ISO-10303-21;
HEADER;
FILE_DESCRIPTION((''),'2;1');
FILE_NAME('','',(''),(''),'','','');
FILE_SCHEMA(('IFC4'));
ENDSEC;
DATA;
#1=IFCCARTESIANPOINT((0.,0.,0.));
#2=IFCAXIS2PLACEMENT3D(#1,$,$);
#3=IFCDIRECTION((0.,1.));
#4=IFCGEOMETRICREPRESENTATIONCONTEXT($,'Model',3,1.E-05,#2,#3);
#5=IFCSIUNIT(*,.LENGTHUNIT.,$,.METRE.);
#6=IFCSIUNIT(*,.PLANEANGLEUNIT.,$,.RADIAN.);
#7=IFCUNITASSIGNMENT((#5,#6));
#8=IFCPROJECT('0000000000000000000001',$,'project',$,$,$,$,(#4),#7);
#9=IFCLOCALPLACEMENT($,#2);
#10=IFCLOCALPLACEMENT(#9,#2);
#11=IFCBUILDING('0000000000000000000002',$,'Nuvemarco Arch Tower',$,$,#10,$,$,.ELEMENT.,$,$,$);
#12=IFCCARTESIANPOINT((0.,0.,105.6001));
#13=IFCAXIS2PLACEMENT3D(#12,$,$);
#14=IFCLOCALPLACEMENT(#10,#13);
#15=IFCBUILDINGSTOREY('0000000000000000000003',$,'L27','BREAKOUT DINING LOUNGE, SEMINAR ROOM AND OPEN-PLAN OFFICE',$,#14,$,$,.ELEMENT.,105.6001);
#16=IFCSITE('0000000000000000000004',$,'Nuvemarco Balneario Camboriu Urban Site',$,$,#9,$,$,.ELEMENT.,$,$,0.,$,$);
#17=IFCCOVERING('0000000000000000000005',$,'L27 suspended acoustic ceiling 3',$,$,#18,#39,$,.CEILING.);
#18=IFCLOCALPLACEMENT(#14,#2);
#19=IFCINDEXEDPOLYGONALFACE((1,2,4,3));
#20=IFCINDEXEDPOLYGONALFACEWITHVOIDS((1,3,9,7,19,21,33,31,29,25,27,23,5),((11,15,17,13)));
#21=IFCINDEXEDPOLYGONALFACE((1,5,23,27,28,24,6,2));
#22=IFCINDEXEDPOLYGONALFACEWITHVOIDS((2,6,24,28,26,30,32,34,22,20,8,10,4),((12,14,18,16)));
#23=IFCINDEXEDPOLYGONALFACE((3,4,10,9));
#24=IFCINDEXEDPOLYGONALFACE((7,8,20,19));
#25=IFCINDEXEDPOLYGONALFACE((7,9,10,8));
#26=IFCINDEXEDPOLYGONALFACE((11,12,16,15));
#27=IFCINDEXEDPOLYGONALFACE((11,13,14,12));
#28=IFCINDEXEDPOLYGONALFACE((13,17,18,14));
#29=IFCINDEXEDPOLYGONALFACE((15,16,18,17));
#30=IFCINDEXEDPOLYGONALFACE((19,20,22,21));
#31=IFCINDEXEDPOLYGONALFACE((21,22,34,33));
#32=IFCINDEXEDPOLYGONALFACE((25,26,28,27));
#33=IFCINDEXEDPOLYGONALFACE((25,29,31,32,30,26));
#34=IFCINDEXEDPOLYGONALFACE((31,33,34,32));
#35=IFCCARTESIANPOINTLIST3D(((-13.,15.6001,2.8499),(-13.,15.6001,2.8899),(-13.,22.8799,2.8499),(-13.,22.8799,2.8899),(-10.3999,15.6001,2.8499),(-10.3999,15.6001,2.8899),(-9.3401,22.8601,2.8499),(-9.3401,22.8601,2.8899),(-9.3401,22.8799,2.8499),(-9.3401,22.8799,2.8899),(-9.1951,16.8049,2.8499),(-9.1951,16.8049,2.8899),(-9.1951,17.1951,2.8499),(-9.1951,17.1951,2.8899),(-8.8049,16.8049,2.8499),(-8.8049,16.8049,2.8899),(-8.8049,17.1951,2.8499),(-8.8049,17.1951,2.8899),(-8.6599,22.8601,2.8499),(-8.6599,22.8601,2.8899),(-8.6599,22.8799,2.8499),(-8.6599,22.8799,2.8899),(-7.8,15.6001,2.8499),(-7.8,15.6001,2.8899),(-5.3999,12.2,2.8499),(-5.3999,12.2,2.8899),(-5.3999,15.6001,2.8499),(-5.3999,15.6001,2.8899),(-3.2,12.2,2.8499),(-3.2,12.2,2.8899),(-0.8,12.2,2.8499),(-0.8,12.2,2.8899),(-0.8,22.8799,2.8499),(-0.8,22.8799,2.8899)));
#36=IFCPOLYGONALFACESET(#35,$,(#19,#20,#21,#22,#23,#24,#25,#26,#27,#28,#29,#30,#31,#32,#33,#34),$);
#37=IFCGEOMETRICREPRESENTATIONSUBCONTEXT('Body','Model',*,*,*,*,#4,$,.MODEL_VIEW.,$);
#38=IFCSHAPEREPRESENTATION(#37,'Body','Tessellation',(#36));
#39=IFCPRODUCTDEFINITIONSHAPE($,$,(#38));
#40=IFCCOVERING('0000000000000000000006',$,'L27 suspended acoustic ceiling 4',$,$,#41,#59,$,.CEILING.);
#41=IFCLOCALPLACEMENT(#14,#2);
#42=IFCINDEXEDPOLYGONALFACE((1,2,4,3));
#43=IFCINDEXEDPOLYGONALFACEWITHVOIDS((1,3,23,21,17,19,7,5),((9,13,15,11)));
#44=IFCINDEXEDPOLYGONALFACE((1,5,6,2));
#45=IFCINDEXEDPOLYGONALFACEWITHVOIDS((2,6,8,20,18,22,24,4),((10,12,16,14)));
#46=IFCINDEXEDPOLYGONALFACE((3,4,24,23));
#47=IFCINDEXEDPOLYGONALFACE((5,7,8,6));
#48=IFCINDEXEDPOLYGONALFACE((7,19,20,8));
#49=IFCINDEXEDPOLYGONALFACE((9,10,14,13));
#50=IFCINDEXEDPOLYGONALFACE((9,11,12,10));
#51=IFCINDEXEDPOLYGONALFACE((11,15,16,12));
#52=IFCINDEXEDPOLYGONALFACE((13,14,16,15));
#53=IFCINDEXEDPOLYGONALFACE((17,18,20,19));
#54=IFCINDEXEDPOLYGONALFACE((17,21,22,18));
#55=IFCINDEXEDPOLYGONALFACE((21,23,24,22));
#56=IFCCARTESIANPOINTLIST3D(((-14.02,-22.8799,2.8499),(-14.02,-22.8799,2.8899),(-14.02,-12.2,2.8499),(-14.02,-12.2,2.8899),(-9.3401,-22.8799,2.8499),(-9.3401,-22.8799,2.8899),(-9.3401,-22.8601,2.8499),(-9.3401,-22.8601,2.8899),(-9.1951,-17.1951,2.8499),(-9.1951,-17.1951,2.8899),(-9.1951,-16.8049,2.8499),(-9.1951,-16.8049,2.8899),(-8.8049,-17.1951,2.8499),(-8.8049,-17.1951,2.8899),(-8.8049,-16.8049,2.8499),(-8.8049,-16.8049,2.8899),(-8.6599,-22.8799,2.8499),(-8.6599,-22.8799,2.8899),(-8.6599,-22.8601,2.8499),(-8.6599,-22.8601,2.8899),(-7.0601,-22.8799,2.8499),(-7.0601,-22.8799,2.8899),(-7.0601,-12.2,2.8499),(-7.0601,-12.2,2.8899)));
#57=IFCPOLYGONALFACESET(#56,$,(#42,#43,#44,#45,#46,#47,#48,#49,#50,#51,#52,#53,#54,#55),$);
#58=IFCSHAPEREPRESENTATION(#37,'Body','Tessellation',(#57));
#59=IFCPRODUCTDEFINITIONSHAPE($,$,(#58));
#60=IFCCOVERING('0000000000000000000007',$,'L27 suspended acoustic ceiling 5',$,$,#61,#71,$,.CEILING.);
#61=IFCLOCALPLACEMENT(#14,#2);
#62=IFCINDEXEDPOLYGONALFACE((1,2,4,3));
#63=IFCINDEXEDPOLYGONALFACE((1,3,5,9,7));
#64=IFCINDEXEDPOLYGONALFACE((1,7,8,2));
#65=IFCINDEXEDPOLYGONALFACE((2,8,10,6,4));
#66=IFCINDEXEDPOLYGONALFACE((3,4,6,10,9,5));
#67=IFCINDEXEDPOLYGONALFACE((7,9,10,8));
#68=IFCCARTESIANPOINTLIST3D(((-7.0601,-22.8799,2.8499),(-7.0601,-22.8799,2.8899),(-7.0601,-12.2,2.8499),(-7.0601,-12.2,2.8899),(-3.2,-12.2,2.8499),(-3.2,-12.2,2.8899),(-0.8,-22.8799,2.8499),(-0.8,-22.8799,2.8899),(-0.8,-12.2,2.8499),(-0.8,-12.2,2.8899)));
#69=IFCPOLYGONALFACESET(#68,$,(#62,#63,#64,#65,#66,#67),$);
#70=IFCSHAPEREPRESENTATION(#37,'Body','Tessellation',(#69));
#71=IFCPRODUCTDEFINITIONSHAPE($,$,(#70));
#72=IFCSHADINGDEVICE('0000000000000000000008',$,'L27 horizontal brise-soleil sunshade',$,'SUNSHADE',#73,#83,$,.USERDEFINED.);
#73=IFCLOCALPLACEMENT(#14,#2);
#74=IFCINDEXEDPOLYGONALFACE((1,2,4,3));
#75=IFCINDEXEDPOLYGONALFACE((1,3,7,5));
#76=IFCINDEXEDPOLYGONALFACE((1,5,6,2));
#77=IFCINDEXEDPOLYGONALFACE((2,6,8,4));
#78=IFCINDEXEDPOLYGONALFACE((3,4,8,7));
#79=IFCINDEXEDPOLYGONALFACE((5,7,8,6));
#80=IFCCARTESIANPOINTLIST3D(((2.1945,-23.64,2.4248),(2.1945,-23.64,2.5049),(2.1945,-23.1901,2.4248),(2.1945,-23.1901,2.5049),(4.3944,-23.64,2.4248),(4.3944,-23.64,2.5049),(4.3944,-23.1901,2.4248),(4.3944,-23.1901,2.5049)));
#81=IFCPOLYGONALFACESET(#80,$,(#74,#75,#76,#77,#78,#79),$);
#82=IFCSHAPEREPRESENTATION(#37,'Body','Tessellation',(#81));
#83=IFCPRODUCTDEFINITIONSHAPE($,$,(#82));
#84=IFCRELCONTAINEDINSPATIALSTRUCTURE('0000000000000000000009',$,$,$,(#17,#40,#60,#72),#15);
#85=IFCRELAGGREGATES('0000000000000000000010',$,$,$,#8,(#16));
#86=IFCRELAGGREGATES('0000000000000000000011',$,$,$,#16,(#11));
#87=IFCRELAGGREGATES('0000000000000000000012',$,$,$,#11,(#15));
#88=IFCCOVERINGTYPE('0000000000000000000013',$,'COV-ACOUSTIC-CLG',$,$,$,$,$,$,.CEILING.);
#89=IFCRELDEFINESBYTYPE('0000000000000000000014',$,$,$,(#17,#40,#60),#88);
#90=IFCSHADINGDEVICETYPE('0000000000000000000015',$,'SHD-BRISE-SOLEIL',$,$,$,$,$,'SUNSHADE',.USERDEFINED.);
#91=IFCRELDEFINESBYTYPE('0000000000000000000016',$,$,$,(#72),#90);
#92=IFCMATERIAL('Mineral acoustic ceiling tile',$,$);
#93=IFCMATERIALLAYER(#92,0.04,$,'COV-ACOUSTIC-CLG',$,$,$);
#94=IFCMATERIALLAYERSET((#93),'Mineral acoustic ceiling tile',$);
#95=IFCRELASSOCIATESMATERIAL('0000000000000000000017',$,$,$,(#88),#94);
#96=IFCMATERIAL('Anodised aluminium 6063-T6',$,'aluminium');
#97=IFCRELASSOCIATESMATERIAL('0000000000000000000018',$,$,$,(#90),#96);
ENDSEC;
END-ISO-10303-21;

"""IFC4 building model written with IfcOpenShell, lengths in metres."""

from ifc_helpers import new_model, si_unit, direction, frame, origin, origin_2d, place, context, subcontext, project, spatial, polyline, rectangle, outline, extrude, source, transform, mapped, material, layer, layer_set, type_object, type_shapes, element, save


model = new_model("IFC4")

# Units and contexts
model_context = context("Model", 3, precision=1e-05, world=origin(), true_north=direction((0.0, 1.0)))
body_context = subcontext(model_context, "Body", "Model", "MODEL_VIEW")
ifc_project = project(units=[si_unit("LENGTHUNIT", "METRE"), si_unit("PLANEANGLEUNIT", "RADIAN")], contexts=[model_context])

# Site, building, storey
site_placement = place(None, origin())
site = spatial("IfcSite", under=ifc_project, at=site_placement, Name="Nuvemarco Balneario Camboriu Urban Site", CompositionType="ELEMENT", RefElevation=0.0)
building_placement = place(site_placement, origin())
building = spatial("IfcBuilding", under=site, at=building_placement, Name="Nuvemarco Arch Tower", CompositionType="ELEMENT")
storey_placement = place(building_placement, frame((0.0, 0.0, 105.6001)))
storey = spatial("IfcBuildingStorey", under=building, at=storey_placement, Name="L27", Description="BREAKOUT DINING LOUNGE, SEMINAR ROOM AND OPEN-PLAN OFFICE", CompositionType="ELEMENT", Elevation=105.6001)

# Coverings
ifc_material_1 = material(Name="Mineral acoustic ceiling tile")
ifc_layer_1 = layer(ifc_material_1, 0.04, Name="COV-ACOUSTIC-CLG")
ifc_layer_set_1 = layer_set([ifc_layer_1], Name="Mineral acoustic ceiling tile")
covering_type = type_object("IfcCoveringType", Name="COV-ACOUSTIC-CLG", PredefinedType="CEILING", material=ifc_layer_set_1)
covering_1_placement = place(storey_placement, frame((0.0, 0.0, 2.8499)))
element("IfcCovering", 1, at=covering_1_placement, inside=storey, type_object=covering_type, Name="L27 suspended acoustic ceiling 3", PredefinedType="CEILING", context=body_context, shape_type="SweptSolid", body=[
    extrude(outline(polyline([(-10.3999, 15.6001), (-13.0, 15.6001), (-13.0, 22.8799), (-9.3401, 22.8799), (-9.3401, 22.8601), (-8.6599, 22.8601), (-8.6599, 22.8799), (-0.8, 22.8799), (-0.8, 12.2), (-3.2, 12.2), (-5.3999, 12.2), (-5.3999, 15.6001), (-7.8, 15.6001), (-10.3999, 15.6001)]), holes=[polyline([(-8.8049, 16.8049), (-8.8049, 17.1951), (-9.1951, 17.1951), (-9.1951, 16.8049), (-8.8049, 16.8049)])]), origin(), (0.0, 0.0, 1.0), 0.04),
])
covering_2_placement = place(storey_placement, frame((0.0, 0.0, 2.8499)))
element("IfcCovering", 2, at=covering_2_placement, inside=storey, type_object=covering_type, Name="L27 suspended acoustic ceiling 4", PredefinedType="CEILING", context=body_context, shape_type="SweptSolid", body=[
    extrude(outline(polyline([(-8.6599, -22.8799), (-8.6599, -22.8601), (-9.3401, -22.8601), (-9.3401, -22.8799), (-14.02, -22.8799), (-14.02, -12.2), (-7.0601, -12.2), (-7.0601, -22.8799), (-8.6599, -22.8799)]), holes=[polyline([(-8.8049, -17.1951), (-8.8049, -16.8049), (-9.1951, -16.8049), (-9.1951, -17.1951), (-8.8049, -17.1951)])]), origin(), (0.0, 0.0, 1.0), 0.04),
])
covering_3_placement = place(storey_placement, frame((0.0, 0.0, 2.8499)))
element("IfcCovering", 3, at=covering_3_placement, inside=storey, type_object=covering_type, Name="L27 suspended acoustic ceiling 5", PredefinedType="CEILING", context=body_context, shape_type="SweptSolid", body=[
    extrude(outline(polyline([(-0.8, -22.8799), (-7.0601, -22.8799), (-7.0601, -12.2), (-3.2, -12.2), (-0.8, -12.2), (-0.8, -22.8799)])), origin(), (0.0, 0.0, 1.0), 0.04),
])

# Shading device
ifc_material_2 = material(Name="Anodised aluminium 6063-T6", Category="aluminium")
shading_device_type = type_object("IfcShadingDeviceType", Name="SHD-BRISE-SOLEIL", ElementType="SUNSHADE", PredefinedType="USERDEFINED", material=ifc_material_2)
shared_shape_1 = source(origin(), body_context, "Body", "SweptSolid", [
    extrude(rectangle(XDim=2.2, YDim=0.45, at=origin_2d()), origin(), (0.0, 0.0, 1.0), 0.0801),
])
type_shapes(shading_device_type, [shared_shape_1])
shading_device_placement = place(storey_placement, frame((3.2944, -23.415, 2.4248), z_axis=(0.0, 0.0, 1.0), x_axis=(1.0, 0.0, 0.0)))
element("IfcShadingDevice", 4, at=shading_device_placement, inside=storey, type_object=shading_device_type, Name="L27 horizontal brise-soleil sunshade", ObjectType="SUNSHADE", PredefinedType="USERDEFINED", context=body_context, shape_type="MappedRepresentation", body=[
    mapped(shared_shape_1, transform((0.0, 0.0, 0.0), scale=1.0)),
])

save(model, "model.ifc")
